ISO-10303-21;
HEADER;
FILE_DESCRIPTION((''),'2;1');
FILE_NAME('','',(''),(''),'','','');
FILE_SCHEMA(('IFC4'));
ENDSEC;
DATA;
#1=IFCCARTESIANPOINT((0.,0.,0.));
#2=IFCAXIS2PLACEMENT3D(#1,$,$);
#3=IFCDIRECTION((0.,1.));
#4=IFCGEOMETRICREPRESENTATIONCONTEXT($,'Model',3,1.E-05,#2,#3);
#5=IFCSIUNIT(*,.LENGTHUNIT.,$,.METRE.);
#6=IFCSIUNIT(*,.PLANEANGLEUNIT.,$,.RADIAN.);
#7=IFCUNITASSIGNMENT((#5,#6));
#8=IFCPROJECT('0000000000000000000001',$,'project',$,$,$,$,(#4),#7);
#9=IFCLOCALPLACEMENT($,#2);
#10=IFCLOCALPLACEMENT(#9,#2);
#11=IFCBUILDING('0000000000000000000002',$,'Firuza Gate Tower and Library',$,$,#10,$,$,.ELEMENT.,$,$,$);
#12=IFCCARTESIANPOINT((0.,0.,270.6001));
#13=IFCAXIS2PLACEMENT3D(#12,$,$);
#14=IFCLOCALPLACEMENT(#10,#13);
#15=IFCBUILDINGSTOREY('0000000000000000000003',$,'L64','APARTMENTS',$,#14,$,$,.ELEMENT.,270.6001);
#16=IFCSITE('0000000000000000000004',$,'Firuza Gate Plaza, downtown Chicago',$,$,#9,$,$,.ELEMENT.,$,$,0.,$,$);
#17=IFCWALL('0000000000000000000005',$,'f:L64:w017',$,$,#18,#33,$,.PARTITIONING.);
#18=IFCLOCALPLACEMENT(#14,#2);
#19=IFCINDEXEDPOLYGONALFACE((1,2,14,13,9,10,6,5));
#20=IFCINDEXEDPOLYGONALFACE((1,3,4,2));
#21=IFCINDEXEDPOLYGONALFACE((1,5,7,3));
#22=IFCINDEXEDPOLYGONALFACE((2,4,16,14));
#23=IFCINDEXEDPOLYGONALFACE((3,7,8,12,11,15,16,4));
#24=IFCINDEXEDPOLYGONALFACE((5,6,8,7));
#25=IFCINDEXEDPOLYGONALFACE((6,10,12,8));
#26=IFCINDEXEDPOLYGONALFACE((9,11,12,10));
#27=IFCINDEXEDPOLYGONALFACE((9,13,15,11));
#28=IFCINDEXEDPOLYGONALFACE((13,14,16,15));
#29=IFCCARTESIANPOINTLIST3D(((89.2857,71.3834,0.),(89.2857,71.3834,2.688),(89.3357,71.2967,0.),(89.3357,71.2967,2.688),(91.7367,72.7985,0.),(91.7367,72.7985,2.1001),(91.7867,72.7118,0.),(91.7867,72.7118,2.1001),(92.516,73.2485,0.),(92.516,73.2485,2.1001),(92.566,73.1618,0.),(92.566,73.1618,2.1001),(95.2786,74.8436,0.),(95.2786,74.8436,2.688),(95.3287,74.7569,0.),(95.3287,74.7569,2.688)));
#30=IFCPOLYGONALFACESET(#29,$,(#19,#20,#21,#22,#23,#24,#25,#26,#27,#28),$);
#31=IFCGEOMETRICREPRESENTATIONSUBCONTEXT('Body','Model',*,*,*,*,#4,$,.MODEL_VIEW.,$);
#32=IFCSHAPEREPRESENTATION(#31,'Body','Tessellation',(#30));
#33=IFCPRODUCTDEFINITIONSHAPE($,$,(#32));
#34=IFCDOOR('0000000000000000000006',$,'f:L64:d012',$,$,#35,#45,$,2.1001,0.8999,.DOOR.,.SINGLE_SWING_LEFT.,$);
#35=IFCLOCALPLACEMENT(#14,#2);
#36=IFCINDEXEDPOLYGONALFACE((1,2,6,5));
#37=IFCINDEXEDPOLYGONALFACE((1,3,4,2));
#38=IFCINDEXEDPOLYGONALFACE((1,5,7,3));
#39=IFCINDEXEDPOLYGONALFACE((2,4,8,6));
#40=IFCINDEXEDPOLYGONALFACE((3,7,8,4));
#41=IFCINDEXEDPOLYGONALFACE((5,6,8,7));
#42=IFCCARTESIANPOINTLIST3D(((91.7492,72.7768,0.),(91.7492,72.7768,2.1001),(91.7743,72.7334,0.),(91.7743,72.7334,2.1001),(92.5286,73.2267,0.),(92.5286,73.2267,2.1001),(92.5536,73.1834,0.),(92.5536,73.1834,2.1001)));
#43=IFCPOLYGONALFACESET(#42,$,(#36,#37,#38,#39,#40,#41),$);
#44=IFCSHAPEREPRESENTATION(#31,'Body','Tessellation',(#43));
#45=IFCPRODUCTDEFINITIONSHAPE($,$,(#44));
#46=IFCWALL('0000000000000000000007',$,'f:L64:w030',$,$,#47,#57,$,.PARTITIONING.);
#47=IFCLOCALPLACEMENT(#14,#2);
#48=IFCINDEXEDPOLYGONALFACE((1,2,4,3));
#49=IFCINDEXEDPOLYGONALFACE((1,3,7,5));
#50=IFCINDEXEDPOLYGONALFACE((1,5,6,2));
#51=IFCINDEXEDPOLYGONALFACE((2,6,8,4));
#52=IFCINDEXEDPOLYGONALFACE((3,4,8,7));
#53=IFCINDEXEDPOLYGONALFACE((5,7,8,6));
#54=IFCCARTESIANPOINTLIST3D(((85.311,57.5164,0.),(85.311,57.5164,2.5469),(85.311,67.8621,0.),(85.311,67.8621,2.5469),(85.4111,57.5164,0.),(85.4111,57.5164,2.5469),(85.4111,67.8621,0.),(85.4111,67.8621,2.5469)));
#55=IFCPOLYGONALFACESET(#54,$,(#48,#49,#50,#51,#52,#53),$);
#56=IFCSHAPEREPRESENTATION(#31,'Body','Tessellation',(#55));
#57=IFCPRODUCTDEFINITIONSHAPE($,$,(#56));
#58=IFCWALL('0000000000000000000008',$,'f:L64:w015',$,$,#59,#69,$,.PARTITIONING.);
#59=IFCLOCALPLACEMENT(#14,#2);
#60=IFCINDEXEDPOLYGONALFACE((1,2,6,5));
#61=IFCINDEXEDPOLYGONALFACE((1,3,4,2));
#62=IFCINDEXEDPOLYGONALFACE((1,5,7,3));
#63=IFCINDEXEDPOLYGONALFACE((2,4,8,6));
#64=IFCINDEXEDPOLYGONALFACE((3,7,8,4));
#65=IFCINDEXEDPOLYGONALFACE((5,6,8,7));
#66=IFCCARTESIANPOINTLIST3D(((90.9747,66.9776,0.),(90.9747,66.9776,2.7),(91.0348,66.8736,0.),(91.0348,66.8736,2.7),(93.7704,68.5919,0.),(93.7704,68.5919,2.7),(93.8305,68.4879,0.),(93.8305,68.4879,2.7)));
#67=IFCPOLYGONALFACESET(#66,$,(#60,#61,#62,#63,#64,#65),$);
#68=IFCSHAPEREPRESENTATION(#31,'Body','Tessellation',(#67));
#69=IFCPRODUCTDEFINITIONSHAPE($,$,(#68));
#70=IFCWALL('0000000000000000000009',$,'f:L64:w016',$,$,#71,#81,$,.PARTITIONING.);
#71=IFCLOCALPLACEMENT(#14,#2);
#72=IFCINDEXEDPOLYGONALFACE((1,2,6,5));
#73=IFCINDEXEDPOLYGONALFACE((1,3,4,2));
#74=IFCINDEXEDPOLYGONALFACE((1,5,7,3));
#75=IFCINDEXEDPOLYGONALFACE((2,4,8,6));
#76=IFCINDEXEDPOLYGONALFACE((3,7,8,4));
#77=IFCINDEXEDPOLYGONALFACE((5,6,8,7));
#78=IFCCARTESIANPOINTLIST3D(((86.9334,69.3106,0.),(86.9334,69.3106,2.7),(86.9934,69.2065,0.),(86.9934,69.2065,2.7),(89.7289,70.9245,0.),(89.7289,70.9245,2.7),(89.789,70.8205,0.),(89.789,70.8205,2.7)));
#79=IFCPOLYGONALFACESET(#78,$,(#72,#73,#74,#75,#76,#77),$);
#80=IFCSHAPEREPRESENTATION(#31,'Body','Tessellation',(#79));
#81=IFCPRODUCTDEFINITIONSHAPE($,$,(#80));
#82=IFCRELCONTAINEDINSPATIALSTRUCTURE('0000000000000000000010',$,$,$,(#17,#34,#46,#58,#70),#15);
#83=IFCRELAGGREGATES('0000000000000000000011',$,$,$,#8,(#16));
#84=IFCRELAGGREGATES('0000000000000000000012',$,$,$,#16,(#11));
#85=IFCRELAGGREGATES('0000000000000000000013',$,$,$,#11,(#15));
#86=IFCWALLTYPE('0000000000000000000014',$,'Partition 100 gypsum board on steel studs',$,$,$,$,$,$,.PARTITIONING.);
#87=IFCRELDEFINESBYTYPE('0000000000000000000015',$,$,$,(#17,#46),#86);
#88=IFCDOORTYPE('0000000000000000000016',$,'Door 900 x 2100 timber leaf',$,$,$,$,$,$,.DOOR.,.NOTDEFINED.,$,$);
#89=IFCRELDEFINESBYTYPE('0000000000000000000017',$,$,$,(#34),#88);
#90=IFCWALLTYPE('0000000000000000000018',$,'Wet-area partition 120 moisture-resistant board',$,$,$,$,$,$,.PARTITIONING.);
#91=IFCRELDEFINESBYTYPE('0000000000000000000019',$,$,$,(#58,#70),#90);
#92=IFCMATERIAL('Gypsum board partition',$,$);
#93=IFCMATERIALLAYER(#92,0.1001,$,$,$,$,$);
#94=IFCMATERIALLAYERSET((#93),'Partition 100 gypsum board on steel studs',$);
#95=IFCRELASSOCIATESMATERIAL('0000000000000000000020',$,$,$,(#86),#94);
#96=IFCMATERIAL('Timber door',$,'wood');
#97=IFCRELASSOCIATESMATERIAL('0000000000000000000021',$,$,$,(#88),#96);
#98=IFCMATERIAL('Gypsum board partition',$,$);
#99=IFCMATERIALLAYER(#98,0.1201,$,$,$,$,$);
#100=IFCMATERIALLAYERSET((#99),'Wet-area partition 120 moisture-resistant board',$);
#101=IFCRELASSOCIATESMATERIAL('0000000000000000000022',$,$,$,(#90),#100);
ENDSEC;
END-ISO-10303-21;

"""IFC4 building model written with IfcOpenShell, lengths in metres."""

from ifc_helpers import new_model, si_unit, direction, frame, frame_2d, origin, place, context, subcontext, project, spatial, rectangle, extrude, material, layer, layer_set, type_object, element, fill, save


model = new_model("IFC4")

# Units and contexts
model_context = context("Model", 3, precision=1e-05, world=origin(), true_north=direction((0.0, 1.0)))
body_context = subcontext(model_context, "Body", "Model", "MODEL_VIEW")
ifc_project = project(units=[si_unit("LENGTHUNIT", "METRE"), si_unit("PLANEANGLEUNIT", "RADIAN")], contexts=[model_context])

# Site, building, storey
site_placement = place(None, origin())
site = spatial("IfcSite", under=ifc_project, at=site_placement, Name="Firuza Gate Plaza, downtown Chicago", CompositionType="ELEMENT", RefElevation=0.0)
building_placement = place(site_placement, origin())
building = spatial("IfcBuilding", under=site, at=building_placement, Name="Firuza Gate Tower and Library", CompositionType="ELEMENT")
storey_placement = place(building_placement, frame((0.0, 0.0, 270.6001)))
storey = spatial("IfcBuildingStorey", under=building, at=storey_placement, Name="L64", Description="APARTMENTS", CompositionType="ELEMENT", Elevation=270.6001)

# Wall, opening, door
ifc_material_1 = material(Name="Gypsum board partition")
ifc_layer_1 = layer(ifc_material_1, 0.1001)
ifc_layer_set_1 = layer_set([ifc_layer_1], Name="Partition 100 gypsum board on steel studs")
wall_type_1 = type_object("IfcWallType", Name="Partition 100 gypsum board on steel studs", PredefinedType="PARTITIONING", material=ifc_layer_set_1)
wall_1_placement = place(storey_placement, frame((89.3108, 71.3401, 0.0), z_axis=(0.0, 0.0, 1.0), x_axis=(0.866013, 0.500021, 0.0)))
wall_1 = element("IfcWall", 1, at=wall_1_placement, inside=storey, type_object=wall_type_1, Name="f:L64:w017", PredefinedType="PARTITIONING", context=body_context, shape_type="SweptSolid", body=[
    extrude(rectangle(XDim=6.9202, YDim=0.1001, at=frame_2d((3.46, 0.0))), origin(), (0.0, 0.0, 1.0), 2.688),
])
opening_1_placement = place(wall_1_placement, frame((2.8301, 0.0, 0.0)))
opening_1 = element("IfcOpeningElement", 2, at=opening_1_placement, cuts=wall_1, PredefinedType="OPENING", context=body_context, shape_type="SweptSolid", body=[
    extrude(rectangle(XDim=0.8999, YDim=2.1001, at=frame_2d((0.45, 1.05))), frame((0.0, 0.0601, 0.0), z_axis=(0.0, -1.0, 0.0), x_axis=(1.0, 0.0, 0.0)), (0.0, 0.0, 1.0), 0.1201),
])
ifc_material_2 = material(Name="Timber door", Category="wood")
door_type_1 = type_object("IfcDoorType", Name="Door 900 x 2100 timber leaf", OperationType="NOTDEFINED", PredefinedType="DOOR", material=ifc_material_2)
door_1_placement = place(opening_1_placement, origin())
door_1 = element("IfcDoor", 3, at=door_1_placement, inside=storey, type_object=door_type_1, Name="f:L64:d012", OperationType="SINGLE_SWING_LEFT", OverallHeight=2.1001, OverallWidth=0.8999, PredefinedType="DOOR", context=body_context, shape_type="SweptSolid", body=[
    extrude(rectangle(XDim=0.8999, YDim=2.1001, at=frame_2d((0.45, 1.05))), frame((0.0, 0.0249, 0.0), z_axis=(0.0, -1.0, 0.0), x_axis=(1.0, 0.0, 0.0)), (0.0, 0.0, 1.0), 0.05),
])
fill(opening_1, door_1)

# Walls
wall_2_placement = place(storey_placement, frame((85.3611, 57.5164, 0.0), z_axis=(0.0, 0.0, 1.0), x_axis=(0.0, 1.0, 0.0)))
element("IfcWall", 4, at=wall_2_placement, inside=storey, type_object=wall_type_1, Name="f:L64:w030", PredefinedType="PARTITIONING", context=body_context, shape_type="SweptSolid", body=[
    extrude(rectangle(XDim=10.3457, YDim=0.1001, at=frame_2d((5.1729, 0.0))), origin(), (0.0, 0.0, 1.0), 2.5469),
])
ifc_material_3 = material(Name="Gypsum board partition")
ifc_layer_2 = layer(ifc_material_3, 0.1201)
ifc_layer_set_2 = layer_set([ifc_layer_2], Name="Wet-area partition 120 moisture-resistant board")
wall_type_2 = type_object("IfcWallType", Name="Wet-area partition 120 moisture-resistant board", PredefinedType="PARTITIONING", material=ifc_layer_set_2)
wall_3_placement = place(storey_placement, frame((91.0046, 66.9255, 0.0), z_axis=(0.0, 0.0, 1.0), x_axis=(0.866, 0.500043, 0.0)))
element("IfcWall", 5, at=wall_3_placement, inside=storey, type_object=wall_type_2, Name="f:L64:w015", PredefinedType="PARTITIONING", context=body_context, shape_type="SweptSolid", body=[
    extrude(rectangle(XDim=3.2283, YDim=0.1201, at=frame_2d((1.6143, 0.0))), origin(), (0.0, 0.0, 1.0), 2.7),
])
wall_4_placement = place(storey_placement, frame((86.9634, 69.2585, 0.0), z_axis=(0.0, 0.0, 1.0), x_axis=(0.866033, 0.499987, 0.0)))
element("IfcWall", 6, at=wall_4_placement, inside=storey, type_object=wall_type_2, Name="f:L64:w016", PredefinedType="PARTITIONING", context=body_context, shape_type="SweptSolid", body=[
    extrude(rectangle(XDim=3.228, YDim=0.1201, at=frame_2d((1.614, 0.0))), origin(), (0.0, 0.0, 1.0), 2.7),
])

save(model, "model.ifc")
